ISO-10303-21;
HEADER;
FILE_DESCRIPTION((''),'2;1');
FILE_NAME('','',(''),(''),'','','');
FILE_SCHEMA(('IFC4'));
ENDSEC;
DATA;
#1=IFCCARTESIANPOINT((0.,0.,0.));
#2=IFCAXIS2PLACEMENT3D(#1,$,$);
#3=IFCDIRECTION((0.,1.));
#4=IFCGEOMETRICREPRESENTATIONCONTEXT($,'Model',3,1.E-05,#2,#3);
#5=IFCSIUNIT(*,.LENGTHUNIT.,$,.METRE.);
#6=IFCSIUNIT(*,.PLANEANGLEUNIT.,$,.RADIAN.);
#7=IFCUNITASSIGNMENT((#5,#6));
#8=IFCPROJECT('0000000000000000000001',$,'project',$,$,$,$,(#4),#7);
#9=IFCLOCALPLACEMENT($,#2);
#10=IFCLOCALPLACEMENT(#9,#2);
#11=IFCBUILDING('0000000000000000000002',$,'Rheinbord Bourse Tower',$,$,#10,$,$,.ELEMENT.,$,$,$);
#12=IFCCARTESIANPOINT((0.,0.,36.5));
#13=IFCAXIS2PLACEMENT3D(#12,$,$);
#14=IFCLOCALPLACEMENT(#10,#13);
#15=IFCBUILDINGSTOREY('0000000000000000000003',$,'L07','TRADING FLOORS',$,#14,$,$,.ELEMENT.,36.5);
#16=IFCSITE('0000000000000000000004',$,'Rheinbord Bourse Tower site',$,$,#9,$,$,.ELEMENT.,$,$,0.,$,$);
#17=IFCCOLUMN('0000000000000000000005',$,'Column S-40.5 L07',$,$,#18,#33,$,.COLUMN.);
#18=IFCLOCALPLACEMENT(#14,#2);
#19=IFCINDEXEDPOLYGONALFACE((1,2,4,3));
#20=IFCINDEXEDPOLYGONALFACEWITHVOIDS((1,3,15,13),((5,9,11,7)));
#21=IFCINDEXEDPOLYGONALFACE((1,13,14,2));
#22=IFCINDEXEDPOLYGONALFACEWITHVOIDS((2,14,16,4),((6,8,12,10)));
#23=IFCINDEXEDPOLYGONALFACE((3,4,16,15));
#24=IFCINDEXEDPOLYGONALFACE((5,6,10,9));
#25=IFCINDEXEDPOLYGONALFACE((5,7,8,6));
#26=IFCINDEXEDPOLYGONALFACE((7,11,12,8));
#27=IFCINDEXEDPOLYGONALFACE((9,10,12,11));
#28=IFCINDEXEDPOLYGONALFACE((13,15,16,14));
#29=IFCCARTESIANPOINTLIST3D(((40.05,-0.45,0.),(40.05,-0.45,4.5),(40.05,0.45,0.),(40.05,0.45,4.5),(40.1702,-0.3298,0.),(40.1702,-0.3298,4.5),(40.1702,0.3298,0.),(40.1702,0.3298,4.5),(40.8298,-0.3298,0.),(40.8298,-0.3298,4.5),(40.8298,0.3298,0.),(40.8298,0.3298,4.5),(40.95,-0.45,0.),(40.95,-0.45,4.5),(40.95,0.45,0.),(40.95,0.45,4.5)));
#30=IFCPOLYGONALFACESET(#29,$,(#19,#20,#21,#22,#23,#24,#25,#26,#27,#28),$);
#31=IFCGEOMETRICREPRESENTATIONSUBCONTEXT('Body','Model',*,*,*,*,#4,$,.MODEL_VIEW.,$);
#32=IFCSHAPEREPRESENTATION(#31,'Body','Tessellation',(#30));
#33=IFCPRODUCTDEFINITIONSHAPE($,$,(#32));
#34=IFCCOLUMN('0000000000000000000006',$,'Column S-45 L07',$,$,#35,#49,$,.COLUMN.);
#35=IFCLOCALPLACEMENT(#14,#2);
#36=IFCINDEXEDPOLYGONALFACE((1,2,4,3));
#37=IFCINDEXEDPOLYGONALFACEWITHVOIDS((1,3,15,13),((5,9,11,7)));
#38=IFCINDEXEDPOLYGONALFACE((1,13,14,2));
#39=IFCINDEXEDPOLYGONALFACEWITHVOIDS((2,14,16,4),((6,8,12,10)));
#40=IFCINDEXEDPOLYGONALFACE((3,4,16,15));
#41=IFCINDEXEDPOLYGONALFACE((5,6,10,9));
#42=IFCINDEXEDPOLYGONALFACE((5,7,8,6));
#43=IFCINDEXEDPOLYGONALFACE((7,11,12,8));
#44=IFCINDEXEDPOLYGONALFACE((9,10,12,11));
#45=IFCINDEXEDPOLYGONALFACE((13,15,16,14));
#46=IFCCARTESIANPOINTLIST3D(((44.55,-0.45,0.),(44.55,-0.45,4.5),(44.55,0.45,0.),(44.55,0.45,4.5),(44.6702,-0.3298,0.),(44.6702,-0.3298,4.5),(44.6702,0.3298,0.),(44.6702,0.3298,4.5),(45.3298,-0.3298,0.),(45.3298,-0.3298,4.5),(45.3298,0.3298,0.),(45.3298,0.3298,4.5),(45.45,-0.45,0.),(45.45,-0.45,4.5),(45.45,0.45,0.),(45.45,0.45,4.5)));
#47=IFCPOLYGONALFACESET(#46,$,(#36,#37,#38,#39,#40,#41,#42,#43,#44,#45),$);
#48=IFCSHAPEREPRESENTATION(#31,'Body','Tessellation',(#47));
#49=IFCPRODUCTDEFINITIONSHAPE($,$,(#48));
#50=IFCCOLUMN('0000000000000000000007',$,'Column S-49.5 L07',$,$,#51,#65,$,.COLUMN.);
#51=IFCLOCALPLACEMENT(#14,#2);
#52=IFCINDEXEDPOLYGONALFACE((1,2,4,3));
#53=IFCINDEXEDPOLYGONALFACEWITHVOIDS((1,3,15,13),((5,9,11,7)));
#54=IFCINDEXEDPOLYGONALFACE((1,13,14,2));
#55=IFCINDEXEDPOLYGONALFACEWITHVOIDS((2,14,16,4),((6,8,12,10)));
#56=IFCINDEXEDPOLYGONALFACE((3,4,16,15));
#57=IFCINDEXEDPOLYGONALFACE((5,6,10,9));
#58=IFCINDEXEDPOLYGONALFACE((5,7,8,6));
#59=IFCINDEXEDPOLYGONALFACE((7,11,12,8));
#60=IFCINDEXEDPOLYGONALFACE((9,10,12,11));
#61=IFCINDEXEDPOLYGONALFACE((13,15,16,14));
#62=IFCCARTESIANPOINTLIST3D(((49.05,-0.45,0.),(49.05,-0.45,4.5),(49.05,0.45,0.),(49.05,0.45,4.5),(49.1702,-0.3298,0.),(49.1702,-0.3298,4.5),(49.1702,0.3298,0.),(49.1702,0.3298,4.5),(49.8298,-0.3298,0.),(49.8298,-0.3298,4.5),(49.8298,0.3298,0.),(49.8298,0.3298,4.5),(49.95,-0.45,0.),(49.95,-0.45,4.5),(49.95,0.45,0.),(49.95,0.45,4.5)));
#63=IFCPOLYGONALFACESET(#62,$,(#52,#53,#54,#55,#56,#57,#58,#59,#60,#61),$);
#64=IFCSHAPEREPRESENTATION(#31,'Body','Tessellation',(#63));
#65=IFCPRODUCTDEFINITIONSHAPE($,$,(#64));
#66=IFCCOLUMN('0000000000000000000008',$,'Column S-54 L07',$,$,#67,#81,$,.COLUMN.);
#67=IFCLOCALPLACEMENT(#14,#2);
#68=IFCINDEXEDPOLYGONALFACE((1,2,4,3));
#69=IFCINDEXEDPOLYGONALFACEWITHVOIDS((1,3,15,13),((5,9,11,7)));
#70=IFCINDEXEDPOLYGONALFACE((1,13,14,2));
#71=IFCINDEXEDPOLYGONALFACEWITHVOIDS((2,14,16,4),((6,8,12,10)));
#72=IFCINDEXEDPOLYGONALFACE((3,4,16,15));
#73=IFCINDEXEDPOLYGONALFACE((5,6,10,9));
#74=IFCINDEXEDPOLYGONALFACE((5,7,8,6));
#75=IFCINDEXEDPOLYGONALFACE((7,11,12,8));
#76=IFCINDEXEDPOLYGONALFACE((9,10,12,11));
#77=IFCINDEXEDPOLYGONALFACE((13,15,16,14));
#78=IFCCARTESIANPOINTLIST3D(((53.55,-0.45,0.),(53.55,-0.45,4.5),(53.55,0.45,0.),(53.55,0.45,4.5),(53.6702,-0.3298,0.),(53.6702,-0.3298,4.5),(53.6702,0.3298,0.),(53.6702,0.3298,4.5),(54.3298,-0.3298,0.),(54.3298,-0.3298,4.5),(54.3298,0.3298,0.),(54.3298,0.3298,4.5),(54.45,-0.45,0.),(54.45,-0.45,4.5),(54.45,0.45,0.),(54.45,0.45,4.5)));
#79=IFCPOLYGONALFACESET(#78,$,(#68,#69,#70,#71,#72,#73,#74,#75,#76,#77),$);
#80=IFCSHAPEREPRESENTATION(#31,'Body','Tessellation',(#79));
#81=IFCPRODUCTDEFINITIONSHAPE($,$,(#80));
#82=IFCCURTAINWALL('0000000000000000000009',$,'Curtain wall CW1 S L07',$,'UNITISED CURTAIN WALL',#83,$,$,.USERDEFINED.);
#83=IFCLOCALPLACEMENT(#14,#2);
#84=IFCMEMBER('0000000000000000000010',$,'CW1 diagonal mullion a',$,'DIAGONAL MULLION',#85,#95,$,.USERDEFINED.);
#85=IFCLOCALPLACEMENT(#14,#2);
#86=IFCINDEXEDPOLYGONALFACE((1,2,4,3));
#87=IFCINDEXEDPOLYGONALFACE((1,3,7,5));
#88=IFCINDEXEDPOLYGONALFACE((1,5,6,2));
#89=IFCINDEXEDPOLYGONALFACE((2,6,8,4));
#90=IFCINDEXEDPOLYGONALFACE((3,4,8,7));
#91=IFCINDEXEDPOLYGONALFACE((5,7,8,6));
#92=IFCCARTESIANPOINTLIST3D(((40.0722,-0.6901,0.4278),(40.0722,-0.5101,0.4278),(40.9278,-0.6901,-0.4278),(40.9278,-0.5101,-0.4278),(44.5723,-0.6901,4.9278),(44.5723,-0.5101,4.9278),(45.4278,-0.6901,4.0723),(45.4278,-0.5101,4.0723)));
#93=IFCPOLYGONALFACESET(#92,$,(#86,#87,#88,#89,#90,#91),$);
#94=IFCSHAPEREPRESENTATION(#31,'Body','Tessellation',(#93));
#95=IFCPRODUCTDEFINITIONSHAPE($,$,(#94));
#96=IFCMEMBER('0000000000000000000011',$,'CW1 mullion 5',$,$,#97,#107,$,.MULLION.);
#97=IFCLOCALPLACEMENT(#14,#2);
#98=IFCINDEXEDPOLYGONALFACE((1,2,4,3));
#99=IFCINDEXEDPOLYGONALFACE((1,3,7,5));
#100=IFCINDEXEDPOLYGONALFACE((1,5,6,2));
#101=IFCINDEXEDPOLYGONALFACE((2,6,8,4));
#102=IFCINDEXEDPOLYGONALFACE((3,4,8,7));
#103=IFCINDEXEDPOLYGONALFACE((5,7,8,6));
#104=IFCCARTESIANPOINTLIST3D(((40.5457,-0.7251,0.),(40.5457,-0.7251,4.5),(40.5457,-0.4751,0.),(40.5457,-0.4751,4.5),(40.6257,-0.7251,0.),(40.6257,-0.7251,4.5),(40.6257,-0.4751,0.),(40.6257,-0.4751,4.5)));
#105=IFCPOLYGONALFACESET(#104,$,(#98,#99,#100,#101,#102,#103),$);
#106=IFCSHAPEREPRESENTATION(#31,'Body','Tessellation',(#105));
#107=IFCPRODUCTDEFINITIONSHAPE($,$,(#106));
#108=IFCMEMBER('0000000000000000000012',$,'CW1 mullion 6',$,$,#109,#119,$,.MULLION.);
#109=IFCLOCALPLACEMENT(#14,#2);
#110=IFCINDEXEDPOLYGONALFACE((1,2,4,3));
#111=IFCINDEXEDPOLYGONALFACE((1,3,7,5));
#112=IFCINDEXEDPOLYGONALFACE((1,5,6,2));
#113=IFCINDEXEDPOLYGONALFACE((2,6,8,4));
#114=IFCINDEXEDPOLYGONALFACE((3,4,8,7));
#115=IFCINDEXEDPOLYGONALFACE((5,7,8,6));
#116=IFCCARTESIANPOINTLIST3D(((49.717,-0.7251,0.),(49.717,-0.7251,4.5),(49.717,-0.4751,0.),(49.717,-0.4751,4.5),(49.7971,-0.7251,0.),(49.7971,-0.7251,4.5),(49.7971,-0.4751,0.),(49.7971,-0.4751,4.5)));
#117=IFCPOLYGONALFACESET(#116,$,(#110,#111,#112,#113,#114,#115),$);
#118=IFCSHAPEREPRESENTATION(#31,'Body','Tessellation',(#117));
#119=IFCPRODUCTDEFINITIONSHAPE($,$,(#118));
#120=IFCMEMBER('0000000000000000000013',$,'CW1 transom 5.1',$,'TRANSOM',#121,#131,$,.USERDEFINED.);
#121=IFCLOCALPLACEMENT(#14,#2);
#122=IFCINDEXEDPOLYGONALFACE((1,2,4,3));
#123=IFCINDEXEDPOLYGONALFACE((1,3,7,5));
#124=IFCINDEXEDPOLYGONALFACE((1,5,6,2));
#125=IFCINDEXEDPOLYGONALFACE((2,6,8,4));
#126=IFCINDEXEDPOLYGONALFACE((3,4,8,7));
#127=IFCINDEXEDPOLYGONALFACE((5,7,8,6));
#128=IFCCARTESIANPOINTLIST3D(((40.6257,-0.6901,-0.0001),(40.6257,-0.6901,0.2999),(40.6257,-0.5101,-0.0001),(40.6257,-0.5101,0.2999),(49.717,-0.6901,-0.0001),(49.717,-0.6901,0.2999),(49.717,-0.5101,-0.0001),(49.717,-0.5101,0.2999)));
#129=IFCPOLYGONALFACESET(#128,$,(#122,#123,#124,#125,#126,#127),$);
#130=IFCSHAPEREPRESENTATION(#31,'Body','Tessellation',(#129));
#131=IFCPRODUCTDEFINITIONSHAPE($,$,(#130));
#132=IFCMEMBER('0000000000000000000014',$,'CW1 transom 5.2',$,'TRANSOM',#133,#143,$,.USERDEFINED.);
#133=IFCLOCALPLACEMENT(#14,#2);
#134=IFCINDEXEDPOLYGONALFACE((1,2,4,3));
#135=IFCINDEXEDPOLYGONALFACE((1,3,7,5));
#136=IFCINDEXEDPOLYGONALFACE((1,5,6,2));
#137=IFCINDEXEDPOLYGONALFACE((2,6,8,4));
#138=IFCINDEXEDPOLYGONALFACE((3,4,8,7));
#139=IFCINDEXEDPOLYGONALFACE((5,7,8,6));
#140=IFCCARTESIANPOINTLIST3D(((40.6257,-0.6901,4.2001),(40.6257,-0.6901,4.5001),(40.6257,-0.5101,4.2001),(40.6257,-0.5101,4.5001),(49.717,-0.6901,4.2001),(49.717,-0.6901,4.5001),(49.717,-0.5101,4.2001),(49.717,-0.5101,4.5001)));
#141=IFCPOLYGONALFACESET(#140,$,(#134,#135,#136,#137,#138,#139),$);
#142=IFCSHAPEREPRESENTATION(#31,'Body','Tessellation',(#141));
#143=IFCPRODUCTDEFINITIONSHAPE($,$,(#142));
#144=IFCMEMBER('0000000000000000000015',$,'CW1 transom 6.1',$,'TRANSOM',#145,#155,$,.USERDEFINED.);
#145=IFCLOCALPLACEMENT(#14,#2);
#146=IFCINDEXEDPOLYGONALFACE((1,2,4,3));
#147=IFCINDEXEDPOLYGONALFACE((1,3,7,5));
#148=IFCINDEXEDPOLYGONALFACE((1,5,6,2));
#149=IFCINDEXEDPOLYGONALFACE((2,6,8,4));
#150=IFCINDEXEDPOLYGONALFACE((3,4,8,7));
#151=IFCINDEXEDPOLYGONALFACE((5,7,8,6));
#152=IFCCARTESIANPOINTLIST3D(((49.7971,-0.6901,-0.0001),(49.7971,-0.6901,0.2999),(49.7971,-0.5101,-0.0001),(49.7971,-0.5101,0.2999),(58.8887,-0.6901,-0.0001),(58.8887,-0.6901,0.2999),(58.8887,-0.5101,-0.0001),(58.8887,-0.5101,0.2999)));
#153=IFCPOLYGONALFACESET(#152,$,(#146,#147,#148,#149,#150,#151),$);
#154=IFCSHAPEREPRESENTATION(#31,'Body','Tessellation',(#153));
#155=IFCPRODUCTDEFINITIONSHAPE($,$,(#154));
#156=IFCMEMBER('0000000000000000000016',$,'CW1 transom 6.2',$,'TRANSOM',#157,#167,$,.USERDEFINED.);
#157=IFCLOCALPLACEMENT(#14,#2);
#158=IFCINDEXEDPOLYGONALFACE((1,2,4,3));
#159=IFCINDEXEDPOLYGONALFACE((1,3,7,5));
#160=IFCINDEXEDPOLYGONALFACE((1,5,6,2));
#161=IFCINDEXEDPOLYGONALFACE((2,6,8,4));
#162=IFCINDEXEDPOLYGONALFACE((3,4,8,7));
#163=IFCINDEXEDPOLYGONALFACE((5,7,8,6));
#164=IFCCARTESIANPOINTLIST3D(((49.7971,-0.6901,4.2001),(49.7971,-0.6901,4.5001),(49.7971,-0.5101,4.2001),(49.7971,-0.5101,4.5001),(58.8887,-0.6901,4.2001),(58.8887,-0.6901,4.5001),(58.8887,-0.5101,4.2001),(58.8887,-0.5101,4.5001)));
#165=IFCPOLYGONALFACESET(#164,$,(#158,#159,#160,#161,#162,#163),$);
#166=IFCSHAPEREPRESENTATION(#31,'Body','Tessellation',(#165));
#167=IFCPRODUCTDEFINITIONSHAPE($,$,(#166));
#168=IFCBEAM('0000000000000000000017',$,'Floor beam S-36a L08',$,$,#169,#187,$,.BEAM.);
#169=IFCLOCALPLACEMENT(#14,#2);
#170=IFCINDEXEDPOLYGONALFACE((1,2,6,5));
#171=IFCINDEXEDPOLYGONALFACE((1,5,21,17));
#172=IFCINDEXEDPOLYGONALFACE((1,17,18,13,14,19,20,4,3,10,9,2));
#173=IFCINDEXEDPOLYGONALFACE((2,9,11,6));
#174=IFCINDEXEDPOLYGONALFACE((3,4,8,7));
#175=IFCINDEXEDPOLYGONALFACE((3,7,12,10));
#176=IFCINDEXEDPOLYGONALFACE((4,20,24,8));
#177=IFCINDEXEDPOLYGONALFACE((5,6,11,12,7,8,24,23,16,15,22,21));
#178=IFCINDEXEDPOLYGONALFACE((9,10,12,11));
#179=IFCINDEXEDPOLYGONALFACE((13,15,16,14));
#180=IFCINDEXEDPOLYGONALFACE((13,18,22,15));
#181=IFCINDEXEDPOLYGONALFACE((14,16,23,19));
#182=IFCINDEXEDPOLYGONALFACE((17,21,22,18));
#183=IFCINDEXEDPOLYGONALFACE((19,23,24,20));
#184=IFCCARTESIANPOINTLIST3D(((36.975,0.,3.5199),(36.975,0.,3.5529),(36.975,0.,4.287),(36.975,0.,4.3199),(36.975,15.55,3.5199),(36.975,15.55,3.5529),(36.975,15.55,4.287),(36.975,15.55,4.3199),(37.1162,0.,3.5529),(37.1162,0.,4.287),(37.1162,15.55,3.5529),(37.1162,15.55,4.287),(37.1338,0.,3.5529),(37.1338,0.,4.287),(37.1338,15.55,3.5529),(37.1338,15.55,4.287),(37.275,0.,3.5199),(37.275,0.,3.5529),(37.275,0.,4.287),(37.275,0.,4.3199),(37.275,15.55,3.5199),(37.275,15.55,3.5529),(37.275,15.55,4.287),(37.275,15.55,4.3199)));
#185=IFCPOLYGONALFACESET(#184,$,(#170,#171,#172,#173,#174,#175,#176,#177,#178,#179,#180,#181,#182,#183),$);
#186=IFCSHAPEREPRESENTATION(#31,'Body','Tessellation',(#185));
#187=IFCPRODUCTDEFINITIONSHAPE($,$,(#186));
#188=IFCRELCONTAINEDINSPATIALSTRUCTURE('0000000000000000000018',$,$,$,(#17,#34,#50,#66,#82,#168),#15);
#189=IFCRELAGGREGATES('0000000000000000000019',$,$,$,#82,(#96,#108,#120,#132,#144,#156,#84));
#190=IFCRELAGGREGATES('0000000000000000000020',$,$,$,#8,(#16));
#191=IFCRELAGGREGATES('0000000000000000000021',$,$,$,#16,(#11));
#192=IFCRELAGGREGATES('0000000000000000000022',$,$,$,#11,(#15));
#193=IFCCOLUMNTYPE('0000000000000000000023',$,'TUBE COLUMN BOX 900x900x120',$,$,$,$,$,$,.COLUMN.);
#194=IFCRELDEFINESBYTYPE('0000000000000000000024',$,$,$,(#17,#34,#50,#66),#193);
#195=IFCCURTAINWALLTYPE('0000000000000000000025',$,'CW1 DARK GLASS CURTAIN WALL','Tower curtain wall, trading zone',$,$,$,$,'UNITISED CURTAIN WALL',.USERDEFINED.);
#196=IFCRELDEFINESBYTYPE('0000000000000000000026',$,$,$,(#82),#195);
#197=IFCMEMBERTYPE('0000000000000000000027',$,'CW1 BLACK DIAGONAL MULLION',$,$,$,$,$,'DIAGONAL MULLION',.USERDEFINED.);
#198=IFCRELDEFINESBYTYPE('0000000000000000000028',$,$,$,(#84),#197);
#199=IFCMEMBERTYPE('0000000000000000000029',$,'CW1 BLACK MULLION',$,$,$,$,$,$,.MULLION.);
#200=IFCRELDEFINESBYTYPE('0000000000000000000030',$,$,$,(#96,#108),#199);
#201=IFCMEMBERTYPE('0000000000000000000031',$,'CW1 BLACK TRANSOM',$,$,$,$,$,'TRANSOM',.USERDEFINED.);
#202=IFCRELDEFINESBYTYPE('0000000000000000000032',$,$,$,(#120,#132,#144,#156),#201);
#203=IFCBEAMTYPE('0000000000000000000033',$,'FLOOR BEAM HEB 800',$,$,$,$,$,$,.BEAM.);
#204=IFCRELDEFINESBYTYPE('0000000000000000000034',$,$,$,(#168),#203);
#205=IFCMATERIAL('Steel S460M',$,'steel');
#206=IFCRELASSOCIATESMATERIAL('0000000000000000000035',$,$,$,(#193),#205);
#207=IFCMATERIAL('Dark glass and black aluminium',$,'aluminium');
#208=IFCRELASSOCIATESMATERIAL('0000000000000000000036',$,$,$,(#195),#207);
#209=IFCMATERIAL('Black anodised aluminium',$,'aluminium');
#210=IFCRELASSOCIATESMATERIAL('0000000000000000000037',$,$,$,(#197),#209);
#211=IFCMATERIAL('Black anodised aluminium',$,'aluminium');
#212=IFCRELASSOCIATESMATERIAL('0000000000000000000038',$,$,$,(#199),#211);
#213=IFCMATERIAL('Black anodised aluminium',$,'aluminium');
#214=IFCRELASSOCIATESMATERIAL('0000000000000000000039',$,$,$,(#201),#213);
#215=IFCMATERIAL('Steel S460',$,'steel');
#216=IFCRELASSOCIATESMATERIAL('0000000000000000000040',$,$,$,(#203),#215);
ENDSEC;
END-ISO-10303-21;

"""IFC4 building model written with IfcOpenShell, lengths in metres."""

from ifc_helpers import new_model, si_unit, direction, frame, origin, origin_2d, place, context, subcontext, project, spatial, rectangle, hollow_rectangle, i_section, extrude, material, material_profile, profile_set, type_object, element, aggregate, save


model = new_model("IFC4")

# Units and contexts
model_context = context("Model", 3, precision=1e-05, world=origin(), true_north=direction((0.0, 1.0)))
body_context = subcontext(model_context, "Body", "Model", "MODEL_VIEW")
ifc_project = project(units=[si_unit("LENGTHUNIT", "METRE"), si_unit("PLANEANGLEUNIT", "RADIAN")], contexts=[model_context])

# Site, building, storey
site_placement = place(None, origin())
site = spatial("IfcSite", under=ifc_project, at=site_placement, Name="Rheinbord Bourse Tower site", CompositionType="ELEMENT", RefElevation=0.0)
building_placement = place(site_placement, origin())
building = spatial("IfcBuilding", under=site, at=building_placement, Name="Rheinbord Bourse Tower", CompositionType="ELEMENT")
storey_placement = place(building_placement, frame((0.0, 0.0, 36.5)))
storey = spatial("IfcBuildingStorey", under=building, at=storey_placement, Name="L07", Description="TRADING FLOORS", CompositionType="ELEMENT", Elevation=36.5)

# Columns
ifc_material_1 = material(Name="Steel S460M", Category="steel")
ifc_material_profile_1 = material_profile(ifc_material_1, hollow_rectangle(XDim=0.8999, YDim=0.8999, WallThickness=0.1201, at=origin_2d()), Name="BOX 900x900x120")
ifc_profile_set_1 = profile_set([ifc_material_profile_1], Name="Steel S460M")
column_type = type_object("IfcColumnType", Name="TUBE COLUMN BOX 900x900x120", PredefinedType="COLUMN", material=ifc_profile_set_1)
for number, where, z_axis, x_axis, name in (
    (1, (40.5, 0.0, 0.0), (0.0, 0.0, 1.0), (0.0, 1.0, 0.0), "Column S-40.5 L07"),
    (2, (45.0, 0.0, 0.0), (0.0, 0.0, 1.0), (0.0, 1.0, 0.0), "Column S-45 L07"),
    (3, (49.5, 0.0, 0.0), (0.0, 0.0, 1.0), (0.0, 1.0, 0.0), "Column S-49.5 L07"),
    (4, (54.0, 0.0, 0.0), (0.0, 0.0, 1.0), (0.0, 1.0, 0.0), "Column S-54 L07"),
):
    element("IfcColumn", number, at=place(storey_placement, frame(where, z_axis=z_axis, x_axis=x_axis)), inside=storey, type_object=column_type, Name=name, PredefinedType="COLUMN", context=body_context, shape_type="SweptSolid", body=[
        extrude(hollow_rectangle(XDim=0.8999, YDim=0.8999, WallThickness=0.1201, at=origin_2d()), origin(), (0.0, 0.0, 1.0), 4.5),
    ])

# Curtain wall, members
ifc_material_2 = material(Name="Dark glass and black aluminium", Category="aluminium")
curtain_wall_type = type_object("IfcCurtainWallType", Name="CW1 DARK GLASS CURTAIN WALL", Description="Tower curtain wall, trading zone", ElementType="UNITISED CURTAIN WALL", PredefinedType="USERDEFINED", material=ifc_material_2)
curtain_wall_placement = place(storey_placement, origin())
curtain_wall = element("IfcCurtainWall", 5, at=curtain_wall_placement, inside=storey, type_object=curtain_wall_type, Name="Curtain wall CW1 S L07", ObjectType="UNITISED CURTAIN WALL", PredefinedType="USERDEFINED")
ifc_material_3 = material(Name="Black anodised aluminium", Category="aluminium")
ifc_material_profile_2 = material_profile(ifc_material_3, rectangle(XDim=0.1799, YDim=1.21, at=origin_2d()), Name="CW1 DIAGONAL MULLION 1210x180")
ifc_profile_set_2 = profile_set([ifc_material_profile_2], Name="Black anodised aluminium")
member_type_1 = type_object("IfcMemberType", Name="CW1 BLACK DIAGONAL MULLION", ElementType="DIAGONAL MULLION", PredefinedType="USERDEFINED", material=ifc_profile_set_2)
member_1_placement = place(storey_placement, frame((40.5, -0.6001, 0.0), z_axis=(0.707107, 0.0, 0.707107), x_axis=(0.0, 1.0, 0.0)))
member_1 = element("IfcMember", 6, at=member_1_placement, type_object=member_type_1, Name="CW1 diagonal mullion a", ObjectType="DIAGONAL MULLION", PredefinedType="USERDEFINED", context=body_context, shape_type="SweptSolid", body=[
    extrude(rectangle(XDim=0.1799, YDim=1.21, at=origin_2d()), origin(), (0.0, 0.0, 1.0), 6.364),
])
ifc_material_4 = material(Name="Black anodised aluminium", Category="aluminium")
ifc_material_profile_3 = material_profile(ifc_material_4, rectangle(XDim=0.25, YDim=0.0801, at=origin_2d()), Name="CW1 MULLION 80x250")
ifc_profile_set_3 = profile_set([ifc_material_profile_3], Name="Black anodised aluminium")
member_type_2 = type_object("IfcMemberType", Name="CW1 BLACK MULLION", PredefinedType="MULLION", material=ifc_profile_set_3)
member_2_placement = place(storey_placement, frame((40.5857, -0.6001, 0.0), z_axis=(0.0, 0.0, 1.0), x_axis=(0.0, 1.0, 0.0)))
member_2 = element("IfcMember", 7, at=member_2_placement, type_object=member_type_2, Name="CW1 mullion 5", PredefinedType="MULLION", context=body_context, shape_type="SweptSolid", body=[
    extrude(rectangle(XDim=0.25, YDim=0.0801, at=origin_2d()), origin(), (0.0, 0.0, 1.0), 4.5),
])
member_3_placement = place(storey_placement, frame((49.7571, -0.6001, 0.0), z_axis=(0.0, 0.0, 1.0), x_axis=(0.0, 1.0, 0.0)))
member_3 = element("IfcMember", 8, at=member_3_placement, type_object=member_type_2, Name="CW1 mullion 6", PredefinedType="MULLION", context=body_context, shape_type="SweptSolid", body=[
    extrude(rectangle(XDim=0.25, YDim=0.0801, at=origin_2d()), origin(), (0.0, 0.0, 1.0), 4.5),
])
ifc_material_5 = material(Name="Black anodised aluminium", Category="aluminium")
ifc_material_profile_4 = material_profile(ifc_material_5, rectangle(XDim=0.1799, YDim=0.3, at=origin_2d()), Name="CW1 TRANSOM 300x180")
ifc_profile_set_4 = profile_set([ifc_material_profile_4], Name="Black anodised aluminium")
member_type_3 = type_object("IfcMemberType", Name="CW1 BLACK TRANSOM", ElementType="TRANSOM", PredefinedType="USERDEFINED", material=ifc_profile_set_4)
member_4_placement = place(storey_placement, frame((40.6257, -0.6001, 0.1499), z_axis=(1.0, 0.0, 0.0), x_axis=(0.0, 1.0, 0.0)))
member_4 = element("IfcMember", 9, at=member_4_placement, type_object=member_type_3, Name="CW1 transom 5.1", ObjectType="TRANSOM", PredefinedType="USERDEFINED", context=body_context, shape_type="SweptSolid", body=[
    extrude(rectangle(XDim=0.1799, YDim=0.3, at=origin_2d()), origin(), (0.0, 0.0, 1.0), 9.0913),
])
member_5_placement = place(storey_placement, frame((40.6257, -0.6001, 4.3501), z_axis=(1.0, 0.0, 0.0), x_axis=(0.0, 1.0, 0.0)))
member_5 = element("IfcMember", 10, at=member_5_placement, type_object=member_type_3, Name="CW1 transom 5.2", ObjectType="TRANSOM", PredefinedType="USERDEFINED", context=body_context, shape_type="SweptSolid", body=[
    extrude(rectangle(XDim=0.1799, YDim=0.3, at=origin_2d()), origin(), (0.0, 0.0, 1.0), 9.0913),
])
member_6_placement = place(storey_placement, frame((49.7971, -0.6001, 0.1499), z_axis=(1.0, 0.0, 0.0), x_axis=(0.0, 1.0, 0.0)))
member_6 = element("IfcMember", 11, at=member_6_placement, type_object=member_type_3, Name="CW1 transom 6.1", ObjectType="TRANSOM", PredefinedType="USERDEFINED", context=body_context, shape_type="SweptSolid", body=[
    extrude(rectangle(XDim=0.1799, YDim=0.3, at=origin_2d()), origin(), (0.0, 0.0, 1.0), 9.0916),
])
member_7_placement = place(storey_placement, frame((49.7971, -0.6001, 4.3501), z_axis=(1.0, 0.0, 0.0), x_axis=(0.0, 1.0, 0.0)))
member_7 = element("IfcMember", 12, at=member_7_placement, type_object=member_type_3, Name="CW1 transom 6.2", ObjectType="TRANSOM", PredefinedType="USERDEFINED", context=body_context, shape_type="SweptSolid", body=[
    extrude(rectangle(XDim=0.1799, YDim=0.3, at=origin_2d()), origin(), (0.0, 0.0, 1.0), 9.0916),
])

# Beam
ifc_material_6 = material(Name="Steel S460", Category="steel")
ifc_material_profile_5 = material_profile(ifc_material_6, i_section(OverallWidth=0.3, OverallDepth=0.8, WebThickness=0.0176, FlangeThickness=0.033, at=origin_2d()), Name="HEB 800")
ifc_profile_set_5 = profile_set([ifc_material_profile_5], Name="Steel S460")
beam_type_1 = type_object("IfcBeamType", Name="FLOOR BEAM HEB 800", PredefinedType="BEAM", material=ifc_profile_set_5)
for number, where, z_axis, x_axis, name in (
    (13, (37.125, 0.0, 3.9199), (0.0, 1.0, 0.0), (-1.0, 0.0, 0.0), "Floor beam S-36a L08"),
):
    element("IfcBeam", number, at=place(storey_placement, frame(where, z_axis=z_axis, x_axis=x_axis)), inside=storey, type_object=beam_type_1, Name=name, PredefinedType="BEAM", context=body_context, shape_type="SweptSolid", body=[
        extrude(i_section(OverallWidth=0.3, OverallDepth=0.8, WebThickness=0.0176, FlangeThickness=0.033, at=origin_2d()), origin(), (0.0, 0.0, 1.0), 15.55),
    ])

aggregate(curtain_wall, [member_2, member_3, member_4, member_5, member_6, member_7, member_1])

save(model, "model.ifc")
